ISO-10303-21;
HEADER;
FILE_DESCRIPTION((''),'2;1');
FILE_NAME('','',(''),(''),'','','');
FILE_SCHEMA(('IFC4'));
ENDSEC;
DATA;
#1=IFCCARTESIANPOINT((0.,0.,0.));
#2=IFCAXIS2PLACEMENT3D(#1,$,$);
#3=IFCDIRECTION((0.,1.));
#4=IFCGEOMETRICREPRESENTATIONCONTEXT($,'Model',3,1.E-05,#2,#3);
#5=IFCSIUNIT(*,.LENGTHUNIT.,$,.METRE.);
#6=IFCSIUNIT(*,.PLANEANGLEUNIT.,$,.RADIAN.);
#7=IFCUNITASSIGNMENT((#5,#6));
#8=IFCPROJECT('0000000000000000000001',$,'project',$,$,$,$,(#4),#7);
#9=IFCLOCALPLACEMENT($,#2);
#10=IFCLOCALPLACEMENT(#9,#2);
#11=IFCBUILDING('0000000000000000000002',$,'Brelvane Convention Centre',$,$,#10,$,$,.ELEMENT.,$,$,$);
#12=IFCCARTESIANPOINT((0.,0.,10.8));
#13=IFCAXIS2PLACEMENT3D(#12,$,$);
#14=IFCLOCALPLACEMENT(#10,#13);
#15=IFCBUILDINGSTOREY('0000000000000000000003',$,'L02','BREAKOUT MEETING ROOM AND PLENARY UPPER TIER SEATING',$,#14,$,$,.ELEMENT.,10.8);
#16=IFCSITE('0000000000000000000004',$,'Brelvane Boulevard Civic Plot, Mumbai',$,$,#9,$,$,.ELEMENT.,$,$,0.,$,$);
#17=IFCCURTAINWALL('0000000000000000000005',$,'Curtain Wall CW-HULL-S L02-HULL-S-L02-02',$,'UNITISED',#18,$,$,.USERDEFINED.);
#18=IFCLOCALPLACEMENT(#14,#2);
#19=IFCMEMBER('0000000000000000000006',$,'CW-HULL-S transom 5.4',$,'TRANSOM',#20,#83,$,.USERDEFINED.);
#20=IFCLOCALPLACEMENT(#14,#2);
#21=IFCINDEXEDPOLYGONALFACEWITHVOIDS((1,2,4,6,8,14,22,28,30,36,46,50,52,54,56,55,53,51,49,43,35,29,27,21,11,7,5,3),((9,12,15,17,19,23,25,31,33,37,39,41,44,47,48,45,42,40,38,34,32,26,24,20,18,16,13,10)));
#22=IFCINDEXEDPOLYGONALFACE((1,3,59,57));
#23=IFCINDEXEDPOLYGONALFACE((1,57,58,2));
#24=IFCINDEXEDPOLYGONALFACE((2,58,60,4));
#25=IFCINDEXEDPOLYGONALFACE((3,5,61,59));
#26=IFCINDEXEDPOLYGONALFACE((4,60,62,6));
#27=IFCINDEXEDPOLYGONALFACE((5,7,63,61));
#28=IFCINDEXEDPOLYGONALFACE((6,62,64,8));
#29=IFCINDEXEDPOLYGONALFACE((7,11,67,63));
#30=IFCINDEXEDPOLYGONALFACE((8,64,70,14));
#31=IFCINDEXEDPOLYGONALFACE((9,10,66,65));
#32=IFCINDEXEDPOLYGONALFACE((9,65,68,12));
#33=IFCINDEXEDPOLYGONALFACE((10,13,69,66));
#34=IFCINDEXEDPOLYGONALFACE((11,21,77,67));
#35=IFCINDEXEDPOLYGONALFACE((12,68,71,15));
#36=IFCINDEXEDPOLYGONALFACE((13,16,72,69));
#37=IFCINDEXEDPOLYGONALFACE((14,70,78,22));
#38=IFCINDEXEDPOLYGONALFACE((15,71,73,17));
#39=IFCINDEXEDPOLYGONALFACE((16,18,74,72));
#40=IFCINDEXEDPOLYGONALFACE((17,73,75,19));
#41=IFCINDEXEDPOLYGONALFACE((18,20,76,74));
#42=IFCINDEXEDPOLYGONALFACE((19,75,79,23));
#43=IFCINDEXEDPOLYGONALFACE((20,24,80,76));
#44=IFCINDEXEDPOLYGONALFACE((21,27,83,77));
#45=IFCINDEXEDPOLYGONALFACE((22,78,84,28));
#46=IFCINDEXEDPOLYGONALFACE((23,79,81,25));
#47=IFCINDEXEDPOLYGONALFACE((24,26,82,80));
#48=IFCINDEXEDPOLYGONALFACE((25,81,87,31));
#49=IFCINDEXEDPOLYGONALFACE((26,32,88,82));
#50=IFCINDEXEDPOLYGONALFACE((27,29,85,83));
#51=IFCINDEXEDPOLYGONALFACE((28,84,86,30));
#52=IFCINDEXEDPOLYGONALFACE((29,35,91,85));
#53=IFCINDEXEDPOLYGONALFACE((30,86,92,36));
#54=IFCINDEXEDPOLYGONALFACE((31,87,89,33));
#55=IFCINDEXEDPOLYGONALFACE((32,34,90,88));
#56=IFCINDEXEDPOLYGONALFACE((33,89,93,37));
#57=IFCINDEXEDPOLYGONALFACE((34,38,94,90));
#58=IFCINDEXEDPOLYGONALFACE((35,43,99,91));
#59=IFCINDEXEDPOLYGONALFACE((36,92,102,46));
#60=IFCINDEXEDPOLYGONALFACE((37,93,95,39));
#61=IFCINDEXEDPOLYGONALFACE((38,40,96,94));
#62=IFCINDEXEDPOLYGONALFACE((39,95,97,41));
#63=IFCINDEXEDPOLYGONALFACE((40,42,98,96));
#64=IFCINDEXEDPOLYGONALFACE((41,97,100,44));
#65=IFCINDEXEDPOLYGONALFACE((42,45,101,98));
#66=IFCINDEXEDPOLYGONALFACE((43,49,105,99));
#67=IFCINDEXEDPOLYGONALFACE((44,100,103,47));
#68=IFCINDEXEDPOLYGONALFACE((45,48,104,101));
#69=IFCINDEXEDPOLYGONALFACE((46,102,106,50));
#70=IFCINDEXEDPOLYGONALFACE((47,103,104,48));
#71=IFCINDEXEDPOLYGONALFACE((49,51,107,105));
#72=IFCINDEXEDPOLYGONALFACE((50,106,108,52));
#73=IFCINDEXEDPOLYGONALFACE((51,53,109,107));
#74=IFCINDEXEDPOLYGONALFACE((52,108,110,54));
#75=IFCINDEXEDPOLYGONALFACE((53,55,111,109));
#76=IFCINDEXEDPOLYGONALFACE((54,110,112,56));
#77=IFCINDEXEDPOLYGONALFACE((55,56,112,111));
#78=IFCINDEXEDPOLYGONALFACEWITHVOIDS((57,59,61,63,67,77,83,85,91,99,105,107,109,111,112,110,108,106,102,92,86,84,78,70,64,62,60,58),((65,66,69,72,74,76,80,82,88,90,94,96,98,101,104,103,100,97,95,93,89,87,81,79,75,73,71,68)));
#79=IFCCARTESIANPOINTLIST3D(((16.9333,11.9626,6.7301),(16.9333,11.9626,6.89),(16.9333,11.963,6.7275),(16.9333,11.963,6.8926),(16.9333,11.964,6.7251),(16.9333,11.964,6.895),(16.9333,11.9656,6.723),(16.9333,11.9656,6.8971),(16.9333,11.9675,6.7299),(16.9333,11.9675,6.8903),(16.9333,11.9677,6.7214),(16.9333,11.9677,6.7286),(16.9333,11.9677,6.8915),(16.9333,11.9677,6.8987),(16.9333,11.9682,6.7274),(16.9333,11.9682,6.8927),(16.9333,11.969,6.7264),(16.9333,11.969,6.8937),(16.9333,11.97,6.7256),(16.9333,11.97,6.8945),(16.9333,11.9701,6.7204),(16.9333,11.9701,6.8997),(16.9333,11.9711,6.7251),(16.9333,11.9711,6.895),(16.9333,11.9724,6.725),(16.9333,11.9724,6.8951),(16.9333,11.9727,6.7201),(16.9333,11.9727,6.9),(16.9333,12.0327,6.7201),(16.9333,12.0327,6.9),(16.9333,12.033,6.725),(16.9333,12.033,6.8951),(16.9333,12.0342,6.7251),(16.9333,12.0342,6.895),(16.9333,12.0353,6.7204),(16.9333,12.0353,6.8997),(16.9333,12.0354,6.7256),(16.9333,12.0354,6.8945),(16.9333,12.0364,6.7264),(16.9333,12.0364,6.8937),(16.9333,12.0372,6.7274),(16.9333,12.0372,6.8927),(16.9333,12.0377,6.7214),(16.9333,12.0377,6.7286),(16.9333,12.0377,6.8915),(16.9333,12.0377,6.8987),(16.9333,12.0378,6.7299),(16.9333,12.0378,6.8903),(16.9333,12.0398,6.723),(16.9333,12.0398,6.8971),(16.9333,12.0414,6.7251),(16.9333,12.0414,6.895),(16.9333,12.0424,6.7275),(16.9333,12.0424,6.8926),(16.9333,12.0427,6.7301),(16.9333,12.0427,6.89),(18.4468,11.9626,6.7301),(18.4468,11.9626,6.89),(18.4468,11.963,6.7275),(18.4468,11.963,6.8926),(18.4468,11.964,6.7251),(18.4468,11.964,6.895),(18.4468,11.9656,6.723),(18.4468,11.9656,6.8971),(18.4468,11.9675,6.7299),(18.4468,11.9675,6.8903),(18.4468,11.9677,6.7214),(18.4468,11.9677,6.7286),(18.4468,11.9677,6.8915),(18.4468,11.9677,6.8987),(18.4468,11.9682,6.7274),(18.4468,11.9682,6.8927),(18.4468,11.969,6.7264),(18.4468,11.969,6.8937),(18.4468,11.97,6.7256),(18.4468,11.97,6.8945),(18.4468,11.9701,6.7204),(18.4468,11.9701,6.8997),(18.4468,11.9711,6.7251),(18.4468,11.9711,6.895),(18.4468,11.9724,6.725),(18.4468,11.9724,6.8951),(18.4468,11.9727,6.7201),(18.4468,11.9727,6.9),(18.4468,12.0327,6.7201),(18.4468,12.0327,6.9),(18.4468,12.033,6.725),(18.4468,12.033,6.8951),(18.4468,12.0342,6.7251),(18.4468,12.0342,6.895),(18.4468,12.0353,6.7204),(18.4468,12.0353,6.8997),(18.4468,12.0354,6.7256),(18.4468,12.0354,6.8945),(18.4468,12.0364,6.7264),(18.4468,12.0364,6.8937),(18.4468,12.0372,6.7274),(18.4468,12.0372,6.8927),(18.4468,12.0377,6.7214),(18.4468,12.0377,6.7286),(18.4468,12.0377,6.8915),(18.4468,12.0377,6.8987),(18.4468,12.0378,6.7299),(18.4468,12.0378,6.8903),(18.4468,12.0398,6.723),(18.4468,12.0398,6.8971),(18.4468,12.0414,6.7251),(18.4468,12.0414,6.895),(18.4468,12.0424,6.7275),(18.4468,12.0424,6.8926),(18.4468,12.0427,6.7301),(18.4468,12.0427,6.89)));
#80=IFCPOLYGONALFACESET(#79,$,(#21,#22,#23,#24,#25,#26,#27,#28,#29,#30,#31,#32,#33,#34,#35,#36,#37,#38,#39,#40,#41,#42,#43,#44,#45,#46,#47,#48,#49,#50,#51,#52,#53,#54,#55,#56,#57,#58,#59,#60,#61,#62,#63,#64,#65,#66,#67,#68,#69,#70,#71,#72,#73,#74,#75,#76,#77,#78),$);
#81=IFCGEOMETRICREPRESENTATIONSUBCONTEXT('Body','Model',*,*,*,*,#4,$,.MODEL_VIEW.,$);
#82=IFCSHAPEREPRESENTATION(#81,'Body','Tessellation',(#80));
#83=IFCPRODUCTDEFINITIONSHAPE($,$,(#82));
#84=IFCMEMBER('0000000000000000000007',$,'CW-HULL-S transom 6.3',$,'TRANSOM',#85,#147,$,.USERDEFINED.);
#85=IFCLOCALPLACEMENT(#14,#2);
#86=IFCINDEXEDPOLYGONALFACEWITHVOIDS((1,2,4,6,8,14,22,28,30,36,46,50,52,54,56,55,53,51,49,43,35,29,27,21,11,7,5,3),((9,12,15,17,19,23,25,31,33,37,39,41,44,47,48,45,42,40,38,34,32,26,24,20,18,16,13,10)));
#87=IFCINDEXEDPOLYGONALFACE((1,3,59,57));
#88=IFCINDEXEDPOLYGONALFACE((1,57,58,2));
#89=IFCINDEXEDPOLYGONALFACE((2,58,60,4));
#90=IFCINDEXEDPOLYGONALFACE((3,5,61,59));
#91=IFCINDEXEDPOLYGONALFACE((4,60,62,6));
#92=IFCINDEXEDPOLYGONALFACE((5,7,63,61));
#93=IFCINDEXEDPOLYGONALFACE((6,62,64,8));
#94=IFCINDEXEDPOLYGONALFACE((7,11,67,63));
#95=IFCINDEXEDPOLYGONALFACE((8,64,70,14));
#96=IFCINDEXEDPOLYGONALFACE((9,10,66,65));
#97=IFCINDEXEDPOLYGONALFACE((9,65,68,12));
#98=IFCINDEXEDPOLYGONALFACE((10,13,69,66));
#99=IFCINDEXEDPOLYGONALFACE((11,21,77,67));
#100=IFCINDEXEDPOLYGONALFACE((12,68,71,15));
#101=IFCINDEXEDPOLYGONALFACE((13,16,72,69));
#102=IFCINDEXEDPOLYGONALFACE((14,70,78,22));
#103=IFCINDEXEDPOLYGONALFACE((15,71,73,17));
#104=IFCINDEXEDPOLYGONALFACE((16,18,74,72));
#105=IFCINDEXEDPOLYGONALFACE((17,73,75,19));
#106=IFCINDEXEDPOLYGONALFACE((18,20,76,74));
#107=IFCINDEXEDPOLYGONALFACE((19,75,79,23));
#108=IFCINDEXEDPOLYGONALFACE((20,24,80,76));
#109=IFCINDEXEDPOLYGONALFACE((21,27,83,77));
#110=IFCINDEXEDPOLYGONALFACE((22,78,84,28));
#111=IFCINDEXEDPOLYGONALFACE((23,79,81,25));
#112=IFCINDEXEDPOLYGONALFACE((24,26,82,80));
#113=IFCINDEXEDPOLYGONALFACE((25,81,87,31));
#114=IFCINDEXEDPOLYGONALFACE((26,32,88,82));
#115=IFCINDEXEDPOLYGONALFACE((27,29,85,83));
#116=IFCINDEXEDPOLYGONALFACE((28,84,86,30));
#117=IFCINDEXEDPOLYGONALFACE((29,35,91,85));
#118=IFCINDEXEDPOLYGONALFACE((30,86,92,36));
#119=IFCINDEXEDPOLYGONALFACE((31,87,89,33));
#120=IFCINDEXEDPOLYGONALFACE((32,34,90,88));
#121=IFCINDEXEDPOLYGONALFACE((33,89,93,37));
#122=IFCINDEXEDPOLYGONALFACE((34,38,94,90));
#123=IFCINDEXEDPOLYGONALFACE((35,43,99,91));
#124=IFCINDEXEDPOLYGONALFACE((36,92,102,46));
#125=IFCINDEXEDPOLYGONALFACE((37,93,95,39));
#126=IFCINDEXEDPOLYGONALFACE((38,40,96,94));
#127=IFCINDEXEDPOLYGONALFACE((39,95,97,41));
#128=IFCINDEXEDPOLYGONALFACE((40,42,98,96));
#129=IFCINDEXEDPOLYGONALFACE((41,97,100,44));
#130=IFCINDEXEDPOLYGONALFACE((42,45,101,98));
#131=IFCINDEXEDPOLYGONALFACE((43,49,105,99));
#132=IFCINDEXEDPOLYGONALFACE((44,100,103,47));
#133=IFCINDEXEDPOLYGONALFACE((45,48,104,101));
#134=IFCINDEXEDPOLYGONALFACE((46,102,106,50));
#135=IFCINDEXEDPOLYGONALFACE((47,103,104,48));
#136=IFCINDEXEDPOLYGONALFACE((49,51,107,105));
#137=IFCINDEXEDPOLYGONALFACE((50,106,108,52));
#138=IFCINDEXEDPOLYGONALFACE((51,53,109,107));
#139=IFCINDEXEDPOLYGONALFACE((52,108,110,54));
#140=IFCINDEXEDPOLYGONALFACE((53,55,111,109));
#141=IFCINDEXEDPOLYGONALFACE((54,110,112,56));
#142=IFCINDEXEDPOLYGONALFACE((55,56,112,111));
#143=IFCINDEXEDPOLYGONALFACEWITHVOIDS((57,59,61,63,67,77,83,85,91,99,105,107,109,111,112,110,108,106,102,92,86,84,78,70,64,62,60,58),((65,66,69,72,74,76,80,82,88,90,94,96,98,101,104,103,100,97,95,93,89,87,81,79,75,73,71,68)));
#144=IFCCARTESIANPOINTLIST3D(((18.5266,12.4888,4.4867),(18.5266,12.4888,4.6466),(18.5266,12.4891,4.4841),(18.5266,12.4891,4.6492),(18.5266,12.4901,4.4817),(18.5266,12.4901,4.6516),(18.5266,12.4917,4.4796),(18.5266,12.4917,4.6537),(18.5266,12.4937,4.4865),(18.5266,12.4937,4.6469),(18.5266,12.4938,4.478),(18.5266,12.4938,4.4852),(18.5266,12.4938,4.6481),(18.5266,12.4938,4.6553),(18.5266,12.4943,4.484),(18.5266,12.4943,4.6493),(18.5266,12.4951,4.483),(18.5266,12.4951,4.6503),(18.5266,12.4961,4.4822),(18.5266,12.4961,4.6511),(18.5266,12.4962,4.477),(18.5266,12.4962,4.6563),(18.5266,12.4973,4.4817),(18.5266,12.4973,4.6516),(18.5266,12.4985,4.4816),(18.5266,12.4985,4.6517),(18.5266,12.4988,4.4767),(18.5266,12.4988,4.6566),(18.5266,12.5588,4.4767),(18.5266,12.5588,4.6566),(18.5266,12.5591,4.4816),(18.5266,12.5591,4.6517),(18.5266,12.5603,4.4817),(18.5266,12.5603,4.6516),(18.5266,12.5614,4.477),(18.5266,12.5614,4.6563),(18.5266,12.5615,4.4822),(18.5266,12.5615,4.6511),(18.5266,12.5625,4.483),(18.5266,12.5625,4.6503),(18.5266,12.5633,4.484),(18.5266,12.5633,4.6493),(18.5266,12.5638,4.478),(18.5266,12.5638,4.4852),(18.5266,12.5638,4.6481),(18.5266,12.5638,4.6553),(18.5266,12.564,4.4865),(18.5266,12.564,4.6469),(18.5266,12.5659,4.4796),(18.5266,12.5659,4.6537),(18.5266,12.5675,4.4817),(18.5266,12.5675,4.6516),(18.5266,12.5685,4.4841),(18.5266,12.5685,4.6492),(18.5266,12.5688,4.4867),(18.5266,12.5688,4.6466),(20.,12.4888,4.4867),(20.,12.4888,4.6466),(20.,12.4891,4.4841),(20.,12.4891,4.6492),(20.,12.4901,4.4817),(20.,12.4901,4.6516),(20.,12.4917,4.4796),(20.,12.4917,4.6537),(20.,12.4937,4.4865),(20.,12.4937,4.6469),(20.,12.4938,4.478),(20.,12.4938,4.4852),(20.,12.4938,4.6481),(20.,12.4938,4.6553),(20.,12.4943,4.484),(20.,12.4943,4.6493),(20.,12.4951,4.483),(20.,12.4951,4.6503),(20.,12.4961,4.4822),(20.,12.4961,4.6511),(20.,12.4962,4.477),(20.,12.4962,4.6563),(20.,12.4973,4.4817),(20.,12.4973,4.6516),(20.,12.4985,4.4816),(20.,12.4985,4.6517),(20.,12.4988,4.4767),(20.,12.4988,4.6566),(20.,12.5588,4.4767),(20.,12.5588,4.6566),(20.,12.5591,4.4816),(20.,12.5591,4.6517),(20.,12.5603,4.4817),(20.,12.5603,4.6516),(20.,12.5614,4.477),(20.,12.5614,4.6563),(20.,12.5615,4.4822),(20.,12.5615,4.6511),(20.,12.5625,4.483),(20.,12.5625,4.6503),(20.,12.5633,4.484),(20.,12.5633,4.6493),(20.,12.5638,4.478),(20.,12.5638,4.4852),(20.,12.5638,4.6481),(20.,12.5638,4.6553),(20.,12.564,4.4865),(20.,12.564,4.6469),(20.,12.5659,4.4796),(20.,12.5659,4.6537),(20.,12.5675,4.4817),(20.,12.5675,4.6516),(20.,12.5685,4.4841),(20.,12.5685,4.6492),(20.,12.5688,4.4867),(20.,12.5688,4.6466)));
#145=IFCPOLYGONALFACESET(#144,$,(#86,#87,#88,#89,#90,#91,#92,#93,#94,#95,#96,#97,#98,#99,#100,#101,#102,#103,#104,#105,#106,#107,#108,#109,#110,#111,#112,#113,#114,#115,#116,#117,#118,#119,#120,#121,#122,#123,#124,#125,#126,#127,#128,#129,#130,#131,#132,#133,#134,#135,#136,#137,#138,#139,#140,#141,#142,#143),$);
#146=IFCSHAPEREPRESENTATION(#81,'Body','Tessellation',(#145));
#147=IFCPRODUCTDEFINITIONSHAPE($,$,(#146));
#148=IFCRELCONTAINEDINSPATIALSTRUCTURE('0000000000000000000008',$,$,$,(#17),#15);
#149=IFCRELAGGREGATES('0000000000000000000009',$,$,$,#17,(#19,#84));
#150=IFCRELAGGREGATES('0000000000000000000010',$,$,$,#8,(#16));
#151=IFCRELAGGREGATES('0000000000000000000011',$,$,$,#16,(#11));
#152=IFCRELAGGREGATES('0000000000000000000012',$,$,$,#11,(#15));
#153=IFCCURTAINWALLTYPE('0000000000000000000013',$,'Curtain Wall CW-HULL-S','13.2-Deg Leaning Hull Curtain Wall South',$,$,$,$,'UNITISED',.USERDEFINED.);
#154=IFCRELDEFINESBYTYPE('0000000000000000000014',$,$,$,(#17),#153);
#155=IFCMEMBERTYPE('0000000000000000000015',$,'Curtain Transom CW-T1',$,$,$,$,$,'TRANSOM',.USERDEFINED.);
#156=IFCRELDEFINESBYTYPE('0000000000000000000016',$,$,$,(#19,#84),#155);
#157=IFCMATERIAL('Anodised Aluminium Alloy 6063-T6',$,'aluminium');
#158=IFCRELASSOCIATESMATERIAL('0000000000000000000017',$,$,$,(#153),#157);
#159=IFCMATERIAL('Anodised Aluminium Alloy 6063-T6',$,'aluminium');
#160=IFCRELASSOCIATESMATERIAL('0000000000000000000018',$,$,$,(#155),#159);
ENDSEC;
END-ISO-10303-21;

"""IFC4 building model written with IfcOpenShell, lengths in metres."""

from ifc_helpers import new_model, si_unit, direction, frame, origin, origin_2d, place, context, subcontext, project, spatial, hollow_rectangle, extrude, material, material_profile, profile_set, type_object, element, aggregate, save


model = new_model("IFC4")

# Units and contexts
model_context = context("Model", 3, precision=1e-05, world=origin(), true_north=direction((0.0, 1.0)))
body_context = subcontext(model_context, "Body", "Model", "MODEL_VIEW")
ifc_project = project(units=[si_unit("LENGTHUNIT", "METRE"), si_unit("PLANEANGLEUNIT", "RADIAN")], contexts=[model_context])

# Site, building, storey
site_placement = place(None, origin())
site = spatial("IfcSite", under=ifc_project, at=site_placement, Name="Brelvane Boulevard Civic Plot, Mumbai", CompositionType="ELEMENT", RefElevation=0.0)
building_placement = place(site_placement, origin())
building = spatial("IfcBuilding", under=site, at=building_placement, Name="Brelvane Convention Centre", CompositionType="ELEMENT")
storey_placement = place(building_placement, frame((0.0, 0.0, 10.8)))
storey = spatial("IfcBuildingStorey", under=building, at=storey_placement, Name="L02", Description="BREAKOUT MEETING ROOM AND PLENARY UPPER TIER SEATING", CompositionType="ELEMENT", Elevation=10.8)

# Curtain wall, members
ifc_material_1 = material(Name="Anodised Aluminium Alloy 6063-T6", Category="aluminium")
curtain_wall_type = type_object("IfcCurtainWallType", Name="Curtain Wall CW-HULL-S", Description="13.2-Deg Leaning Hull Curtain Wall South", ElementType="UNITISED", PredefinedType="USERDEFINED", material=ifc_material_1)
ifc_material_2 = material(Name="Anodised Aluminium Alloy 6063-T6", Category="aluminium")
ifc_material_profile = material_profile(ifc_material_2, hollow_rectangle(XDim=0.0801, YDim=0.1799, WallThickness=0.0049, InnerFilletRadius=0.0049, OuterFilletRadius=0.01, at=origin_2d()), Name="ALU-T 180x80x5.0")
ifc_profile_set = profile_set([ifc_material_profile], Name="Anodised Aluminium Alloy 6063-T6")
member_type = type_object("IfcMemberType", Name="Curtain Transom CW-T1", ElementType="TRANSOM", PredefinedType="USERDEFINED", material=ifc_profile_set)
curtain_wall_1_placement = place(storey_placement, origin())
curtain_wall_1 = element("IfcCurtainWall", 1, at=curtain_wall_1_placement, inside=storey, type_object=curtain_wall_type, Name="Curtain Wall CW-HULL-S L02-HULL-S-L02-02", ObjectType="UNITISED", PredefinedType="USERDEFINED")
member_1_placement = place(storey_placement, frame((16.9333, 12.0027, 6.8101), z_axis=(1.0, 0.0, 0.0), x_axis=(0.0, 1.0, 0.0)))
member_1 = element("IfcMember", 2, at=member_1_placement, type_object=member_type, Name="CW-HULL-S transom 5.4", ObjectType="TRANSOM", PredefinedType="USERDEFINED", context=body_context, shape_type="SweptSolid", body=[
    extrude(hollow_rectangle(XDim=0.0801, YDim=0.1799, WallThickness=0.0049, InnerFilletRadius=0.0049, OuterFilletRadius=0.01, at=origin_2d()), origin(), (0.0, 0.0, 1.0), 1.5134),
])
member_2_placement = place(storey_placement, frame((18.5266, 12.5288, 4.5667), z_axis=(1.0, 0.0, 0.0), x_axis=(0.0, 1.0, 0.0)))
member_2 = element("IfcMember", 3, at=member_2_placement, type_object=member_type, Name="CW-HULL-S transom 6.3", ObjectType="TRANSOM", PredefinedType="USERDEFINED", context=body_context, shape_type="SweptSolid", body=[
    extrude(hollow_rectangle(XDim=0.0801, YDim=0.1799, WallThickness=0.0049, InnerFilletRadius=0.0049, OuterFilletRadius=0.01, at=origin_2d()), origin(), (0.0, 0.0, 1.0), 1.4734),
])

aggregate(curtain_wall_1, [member_1, member_2])

save(model, "model.ifc")
